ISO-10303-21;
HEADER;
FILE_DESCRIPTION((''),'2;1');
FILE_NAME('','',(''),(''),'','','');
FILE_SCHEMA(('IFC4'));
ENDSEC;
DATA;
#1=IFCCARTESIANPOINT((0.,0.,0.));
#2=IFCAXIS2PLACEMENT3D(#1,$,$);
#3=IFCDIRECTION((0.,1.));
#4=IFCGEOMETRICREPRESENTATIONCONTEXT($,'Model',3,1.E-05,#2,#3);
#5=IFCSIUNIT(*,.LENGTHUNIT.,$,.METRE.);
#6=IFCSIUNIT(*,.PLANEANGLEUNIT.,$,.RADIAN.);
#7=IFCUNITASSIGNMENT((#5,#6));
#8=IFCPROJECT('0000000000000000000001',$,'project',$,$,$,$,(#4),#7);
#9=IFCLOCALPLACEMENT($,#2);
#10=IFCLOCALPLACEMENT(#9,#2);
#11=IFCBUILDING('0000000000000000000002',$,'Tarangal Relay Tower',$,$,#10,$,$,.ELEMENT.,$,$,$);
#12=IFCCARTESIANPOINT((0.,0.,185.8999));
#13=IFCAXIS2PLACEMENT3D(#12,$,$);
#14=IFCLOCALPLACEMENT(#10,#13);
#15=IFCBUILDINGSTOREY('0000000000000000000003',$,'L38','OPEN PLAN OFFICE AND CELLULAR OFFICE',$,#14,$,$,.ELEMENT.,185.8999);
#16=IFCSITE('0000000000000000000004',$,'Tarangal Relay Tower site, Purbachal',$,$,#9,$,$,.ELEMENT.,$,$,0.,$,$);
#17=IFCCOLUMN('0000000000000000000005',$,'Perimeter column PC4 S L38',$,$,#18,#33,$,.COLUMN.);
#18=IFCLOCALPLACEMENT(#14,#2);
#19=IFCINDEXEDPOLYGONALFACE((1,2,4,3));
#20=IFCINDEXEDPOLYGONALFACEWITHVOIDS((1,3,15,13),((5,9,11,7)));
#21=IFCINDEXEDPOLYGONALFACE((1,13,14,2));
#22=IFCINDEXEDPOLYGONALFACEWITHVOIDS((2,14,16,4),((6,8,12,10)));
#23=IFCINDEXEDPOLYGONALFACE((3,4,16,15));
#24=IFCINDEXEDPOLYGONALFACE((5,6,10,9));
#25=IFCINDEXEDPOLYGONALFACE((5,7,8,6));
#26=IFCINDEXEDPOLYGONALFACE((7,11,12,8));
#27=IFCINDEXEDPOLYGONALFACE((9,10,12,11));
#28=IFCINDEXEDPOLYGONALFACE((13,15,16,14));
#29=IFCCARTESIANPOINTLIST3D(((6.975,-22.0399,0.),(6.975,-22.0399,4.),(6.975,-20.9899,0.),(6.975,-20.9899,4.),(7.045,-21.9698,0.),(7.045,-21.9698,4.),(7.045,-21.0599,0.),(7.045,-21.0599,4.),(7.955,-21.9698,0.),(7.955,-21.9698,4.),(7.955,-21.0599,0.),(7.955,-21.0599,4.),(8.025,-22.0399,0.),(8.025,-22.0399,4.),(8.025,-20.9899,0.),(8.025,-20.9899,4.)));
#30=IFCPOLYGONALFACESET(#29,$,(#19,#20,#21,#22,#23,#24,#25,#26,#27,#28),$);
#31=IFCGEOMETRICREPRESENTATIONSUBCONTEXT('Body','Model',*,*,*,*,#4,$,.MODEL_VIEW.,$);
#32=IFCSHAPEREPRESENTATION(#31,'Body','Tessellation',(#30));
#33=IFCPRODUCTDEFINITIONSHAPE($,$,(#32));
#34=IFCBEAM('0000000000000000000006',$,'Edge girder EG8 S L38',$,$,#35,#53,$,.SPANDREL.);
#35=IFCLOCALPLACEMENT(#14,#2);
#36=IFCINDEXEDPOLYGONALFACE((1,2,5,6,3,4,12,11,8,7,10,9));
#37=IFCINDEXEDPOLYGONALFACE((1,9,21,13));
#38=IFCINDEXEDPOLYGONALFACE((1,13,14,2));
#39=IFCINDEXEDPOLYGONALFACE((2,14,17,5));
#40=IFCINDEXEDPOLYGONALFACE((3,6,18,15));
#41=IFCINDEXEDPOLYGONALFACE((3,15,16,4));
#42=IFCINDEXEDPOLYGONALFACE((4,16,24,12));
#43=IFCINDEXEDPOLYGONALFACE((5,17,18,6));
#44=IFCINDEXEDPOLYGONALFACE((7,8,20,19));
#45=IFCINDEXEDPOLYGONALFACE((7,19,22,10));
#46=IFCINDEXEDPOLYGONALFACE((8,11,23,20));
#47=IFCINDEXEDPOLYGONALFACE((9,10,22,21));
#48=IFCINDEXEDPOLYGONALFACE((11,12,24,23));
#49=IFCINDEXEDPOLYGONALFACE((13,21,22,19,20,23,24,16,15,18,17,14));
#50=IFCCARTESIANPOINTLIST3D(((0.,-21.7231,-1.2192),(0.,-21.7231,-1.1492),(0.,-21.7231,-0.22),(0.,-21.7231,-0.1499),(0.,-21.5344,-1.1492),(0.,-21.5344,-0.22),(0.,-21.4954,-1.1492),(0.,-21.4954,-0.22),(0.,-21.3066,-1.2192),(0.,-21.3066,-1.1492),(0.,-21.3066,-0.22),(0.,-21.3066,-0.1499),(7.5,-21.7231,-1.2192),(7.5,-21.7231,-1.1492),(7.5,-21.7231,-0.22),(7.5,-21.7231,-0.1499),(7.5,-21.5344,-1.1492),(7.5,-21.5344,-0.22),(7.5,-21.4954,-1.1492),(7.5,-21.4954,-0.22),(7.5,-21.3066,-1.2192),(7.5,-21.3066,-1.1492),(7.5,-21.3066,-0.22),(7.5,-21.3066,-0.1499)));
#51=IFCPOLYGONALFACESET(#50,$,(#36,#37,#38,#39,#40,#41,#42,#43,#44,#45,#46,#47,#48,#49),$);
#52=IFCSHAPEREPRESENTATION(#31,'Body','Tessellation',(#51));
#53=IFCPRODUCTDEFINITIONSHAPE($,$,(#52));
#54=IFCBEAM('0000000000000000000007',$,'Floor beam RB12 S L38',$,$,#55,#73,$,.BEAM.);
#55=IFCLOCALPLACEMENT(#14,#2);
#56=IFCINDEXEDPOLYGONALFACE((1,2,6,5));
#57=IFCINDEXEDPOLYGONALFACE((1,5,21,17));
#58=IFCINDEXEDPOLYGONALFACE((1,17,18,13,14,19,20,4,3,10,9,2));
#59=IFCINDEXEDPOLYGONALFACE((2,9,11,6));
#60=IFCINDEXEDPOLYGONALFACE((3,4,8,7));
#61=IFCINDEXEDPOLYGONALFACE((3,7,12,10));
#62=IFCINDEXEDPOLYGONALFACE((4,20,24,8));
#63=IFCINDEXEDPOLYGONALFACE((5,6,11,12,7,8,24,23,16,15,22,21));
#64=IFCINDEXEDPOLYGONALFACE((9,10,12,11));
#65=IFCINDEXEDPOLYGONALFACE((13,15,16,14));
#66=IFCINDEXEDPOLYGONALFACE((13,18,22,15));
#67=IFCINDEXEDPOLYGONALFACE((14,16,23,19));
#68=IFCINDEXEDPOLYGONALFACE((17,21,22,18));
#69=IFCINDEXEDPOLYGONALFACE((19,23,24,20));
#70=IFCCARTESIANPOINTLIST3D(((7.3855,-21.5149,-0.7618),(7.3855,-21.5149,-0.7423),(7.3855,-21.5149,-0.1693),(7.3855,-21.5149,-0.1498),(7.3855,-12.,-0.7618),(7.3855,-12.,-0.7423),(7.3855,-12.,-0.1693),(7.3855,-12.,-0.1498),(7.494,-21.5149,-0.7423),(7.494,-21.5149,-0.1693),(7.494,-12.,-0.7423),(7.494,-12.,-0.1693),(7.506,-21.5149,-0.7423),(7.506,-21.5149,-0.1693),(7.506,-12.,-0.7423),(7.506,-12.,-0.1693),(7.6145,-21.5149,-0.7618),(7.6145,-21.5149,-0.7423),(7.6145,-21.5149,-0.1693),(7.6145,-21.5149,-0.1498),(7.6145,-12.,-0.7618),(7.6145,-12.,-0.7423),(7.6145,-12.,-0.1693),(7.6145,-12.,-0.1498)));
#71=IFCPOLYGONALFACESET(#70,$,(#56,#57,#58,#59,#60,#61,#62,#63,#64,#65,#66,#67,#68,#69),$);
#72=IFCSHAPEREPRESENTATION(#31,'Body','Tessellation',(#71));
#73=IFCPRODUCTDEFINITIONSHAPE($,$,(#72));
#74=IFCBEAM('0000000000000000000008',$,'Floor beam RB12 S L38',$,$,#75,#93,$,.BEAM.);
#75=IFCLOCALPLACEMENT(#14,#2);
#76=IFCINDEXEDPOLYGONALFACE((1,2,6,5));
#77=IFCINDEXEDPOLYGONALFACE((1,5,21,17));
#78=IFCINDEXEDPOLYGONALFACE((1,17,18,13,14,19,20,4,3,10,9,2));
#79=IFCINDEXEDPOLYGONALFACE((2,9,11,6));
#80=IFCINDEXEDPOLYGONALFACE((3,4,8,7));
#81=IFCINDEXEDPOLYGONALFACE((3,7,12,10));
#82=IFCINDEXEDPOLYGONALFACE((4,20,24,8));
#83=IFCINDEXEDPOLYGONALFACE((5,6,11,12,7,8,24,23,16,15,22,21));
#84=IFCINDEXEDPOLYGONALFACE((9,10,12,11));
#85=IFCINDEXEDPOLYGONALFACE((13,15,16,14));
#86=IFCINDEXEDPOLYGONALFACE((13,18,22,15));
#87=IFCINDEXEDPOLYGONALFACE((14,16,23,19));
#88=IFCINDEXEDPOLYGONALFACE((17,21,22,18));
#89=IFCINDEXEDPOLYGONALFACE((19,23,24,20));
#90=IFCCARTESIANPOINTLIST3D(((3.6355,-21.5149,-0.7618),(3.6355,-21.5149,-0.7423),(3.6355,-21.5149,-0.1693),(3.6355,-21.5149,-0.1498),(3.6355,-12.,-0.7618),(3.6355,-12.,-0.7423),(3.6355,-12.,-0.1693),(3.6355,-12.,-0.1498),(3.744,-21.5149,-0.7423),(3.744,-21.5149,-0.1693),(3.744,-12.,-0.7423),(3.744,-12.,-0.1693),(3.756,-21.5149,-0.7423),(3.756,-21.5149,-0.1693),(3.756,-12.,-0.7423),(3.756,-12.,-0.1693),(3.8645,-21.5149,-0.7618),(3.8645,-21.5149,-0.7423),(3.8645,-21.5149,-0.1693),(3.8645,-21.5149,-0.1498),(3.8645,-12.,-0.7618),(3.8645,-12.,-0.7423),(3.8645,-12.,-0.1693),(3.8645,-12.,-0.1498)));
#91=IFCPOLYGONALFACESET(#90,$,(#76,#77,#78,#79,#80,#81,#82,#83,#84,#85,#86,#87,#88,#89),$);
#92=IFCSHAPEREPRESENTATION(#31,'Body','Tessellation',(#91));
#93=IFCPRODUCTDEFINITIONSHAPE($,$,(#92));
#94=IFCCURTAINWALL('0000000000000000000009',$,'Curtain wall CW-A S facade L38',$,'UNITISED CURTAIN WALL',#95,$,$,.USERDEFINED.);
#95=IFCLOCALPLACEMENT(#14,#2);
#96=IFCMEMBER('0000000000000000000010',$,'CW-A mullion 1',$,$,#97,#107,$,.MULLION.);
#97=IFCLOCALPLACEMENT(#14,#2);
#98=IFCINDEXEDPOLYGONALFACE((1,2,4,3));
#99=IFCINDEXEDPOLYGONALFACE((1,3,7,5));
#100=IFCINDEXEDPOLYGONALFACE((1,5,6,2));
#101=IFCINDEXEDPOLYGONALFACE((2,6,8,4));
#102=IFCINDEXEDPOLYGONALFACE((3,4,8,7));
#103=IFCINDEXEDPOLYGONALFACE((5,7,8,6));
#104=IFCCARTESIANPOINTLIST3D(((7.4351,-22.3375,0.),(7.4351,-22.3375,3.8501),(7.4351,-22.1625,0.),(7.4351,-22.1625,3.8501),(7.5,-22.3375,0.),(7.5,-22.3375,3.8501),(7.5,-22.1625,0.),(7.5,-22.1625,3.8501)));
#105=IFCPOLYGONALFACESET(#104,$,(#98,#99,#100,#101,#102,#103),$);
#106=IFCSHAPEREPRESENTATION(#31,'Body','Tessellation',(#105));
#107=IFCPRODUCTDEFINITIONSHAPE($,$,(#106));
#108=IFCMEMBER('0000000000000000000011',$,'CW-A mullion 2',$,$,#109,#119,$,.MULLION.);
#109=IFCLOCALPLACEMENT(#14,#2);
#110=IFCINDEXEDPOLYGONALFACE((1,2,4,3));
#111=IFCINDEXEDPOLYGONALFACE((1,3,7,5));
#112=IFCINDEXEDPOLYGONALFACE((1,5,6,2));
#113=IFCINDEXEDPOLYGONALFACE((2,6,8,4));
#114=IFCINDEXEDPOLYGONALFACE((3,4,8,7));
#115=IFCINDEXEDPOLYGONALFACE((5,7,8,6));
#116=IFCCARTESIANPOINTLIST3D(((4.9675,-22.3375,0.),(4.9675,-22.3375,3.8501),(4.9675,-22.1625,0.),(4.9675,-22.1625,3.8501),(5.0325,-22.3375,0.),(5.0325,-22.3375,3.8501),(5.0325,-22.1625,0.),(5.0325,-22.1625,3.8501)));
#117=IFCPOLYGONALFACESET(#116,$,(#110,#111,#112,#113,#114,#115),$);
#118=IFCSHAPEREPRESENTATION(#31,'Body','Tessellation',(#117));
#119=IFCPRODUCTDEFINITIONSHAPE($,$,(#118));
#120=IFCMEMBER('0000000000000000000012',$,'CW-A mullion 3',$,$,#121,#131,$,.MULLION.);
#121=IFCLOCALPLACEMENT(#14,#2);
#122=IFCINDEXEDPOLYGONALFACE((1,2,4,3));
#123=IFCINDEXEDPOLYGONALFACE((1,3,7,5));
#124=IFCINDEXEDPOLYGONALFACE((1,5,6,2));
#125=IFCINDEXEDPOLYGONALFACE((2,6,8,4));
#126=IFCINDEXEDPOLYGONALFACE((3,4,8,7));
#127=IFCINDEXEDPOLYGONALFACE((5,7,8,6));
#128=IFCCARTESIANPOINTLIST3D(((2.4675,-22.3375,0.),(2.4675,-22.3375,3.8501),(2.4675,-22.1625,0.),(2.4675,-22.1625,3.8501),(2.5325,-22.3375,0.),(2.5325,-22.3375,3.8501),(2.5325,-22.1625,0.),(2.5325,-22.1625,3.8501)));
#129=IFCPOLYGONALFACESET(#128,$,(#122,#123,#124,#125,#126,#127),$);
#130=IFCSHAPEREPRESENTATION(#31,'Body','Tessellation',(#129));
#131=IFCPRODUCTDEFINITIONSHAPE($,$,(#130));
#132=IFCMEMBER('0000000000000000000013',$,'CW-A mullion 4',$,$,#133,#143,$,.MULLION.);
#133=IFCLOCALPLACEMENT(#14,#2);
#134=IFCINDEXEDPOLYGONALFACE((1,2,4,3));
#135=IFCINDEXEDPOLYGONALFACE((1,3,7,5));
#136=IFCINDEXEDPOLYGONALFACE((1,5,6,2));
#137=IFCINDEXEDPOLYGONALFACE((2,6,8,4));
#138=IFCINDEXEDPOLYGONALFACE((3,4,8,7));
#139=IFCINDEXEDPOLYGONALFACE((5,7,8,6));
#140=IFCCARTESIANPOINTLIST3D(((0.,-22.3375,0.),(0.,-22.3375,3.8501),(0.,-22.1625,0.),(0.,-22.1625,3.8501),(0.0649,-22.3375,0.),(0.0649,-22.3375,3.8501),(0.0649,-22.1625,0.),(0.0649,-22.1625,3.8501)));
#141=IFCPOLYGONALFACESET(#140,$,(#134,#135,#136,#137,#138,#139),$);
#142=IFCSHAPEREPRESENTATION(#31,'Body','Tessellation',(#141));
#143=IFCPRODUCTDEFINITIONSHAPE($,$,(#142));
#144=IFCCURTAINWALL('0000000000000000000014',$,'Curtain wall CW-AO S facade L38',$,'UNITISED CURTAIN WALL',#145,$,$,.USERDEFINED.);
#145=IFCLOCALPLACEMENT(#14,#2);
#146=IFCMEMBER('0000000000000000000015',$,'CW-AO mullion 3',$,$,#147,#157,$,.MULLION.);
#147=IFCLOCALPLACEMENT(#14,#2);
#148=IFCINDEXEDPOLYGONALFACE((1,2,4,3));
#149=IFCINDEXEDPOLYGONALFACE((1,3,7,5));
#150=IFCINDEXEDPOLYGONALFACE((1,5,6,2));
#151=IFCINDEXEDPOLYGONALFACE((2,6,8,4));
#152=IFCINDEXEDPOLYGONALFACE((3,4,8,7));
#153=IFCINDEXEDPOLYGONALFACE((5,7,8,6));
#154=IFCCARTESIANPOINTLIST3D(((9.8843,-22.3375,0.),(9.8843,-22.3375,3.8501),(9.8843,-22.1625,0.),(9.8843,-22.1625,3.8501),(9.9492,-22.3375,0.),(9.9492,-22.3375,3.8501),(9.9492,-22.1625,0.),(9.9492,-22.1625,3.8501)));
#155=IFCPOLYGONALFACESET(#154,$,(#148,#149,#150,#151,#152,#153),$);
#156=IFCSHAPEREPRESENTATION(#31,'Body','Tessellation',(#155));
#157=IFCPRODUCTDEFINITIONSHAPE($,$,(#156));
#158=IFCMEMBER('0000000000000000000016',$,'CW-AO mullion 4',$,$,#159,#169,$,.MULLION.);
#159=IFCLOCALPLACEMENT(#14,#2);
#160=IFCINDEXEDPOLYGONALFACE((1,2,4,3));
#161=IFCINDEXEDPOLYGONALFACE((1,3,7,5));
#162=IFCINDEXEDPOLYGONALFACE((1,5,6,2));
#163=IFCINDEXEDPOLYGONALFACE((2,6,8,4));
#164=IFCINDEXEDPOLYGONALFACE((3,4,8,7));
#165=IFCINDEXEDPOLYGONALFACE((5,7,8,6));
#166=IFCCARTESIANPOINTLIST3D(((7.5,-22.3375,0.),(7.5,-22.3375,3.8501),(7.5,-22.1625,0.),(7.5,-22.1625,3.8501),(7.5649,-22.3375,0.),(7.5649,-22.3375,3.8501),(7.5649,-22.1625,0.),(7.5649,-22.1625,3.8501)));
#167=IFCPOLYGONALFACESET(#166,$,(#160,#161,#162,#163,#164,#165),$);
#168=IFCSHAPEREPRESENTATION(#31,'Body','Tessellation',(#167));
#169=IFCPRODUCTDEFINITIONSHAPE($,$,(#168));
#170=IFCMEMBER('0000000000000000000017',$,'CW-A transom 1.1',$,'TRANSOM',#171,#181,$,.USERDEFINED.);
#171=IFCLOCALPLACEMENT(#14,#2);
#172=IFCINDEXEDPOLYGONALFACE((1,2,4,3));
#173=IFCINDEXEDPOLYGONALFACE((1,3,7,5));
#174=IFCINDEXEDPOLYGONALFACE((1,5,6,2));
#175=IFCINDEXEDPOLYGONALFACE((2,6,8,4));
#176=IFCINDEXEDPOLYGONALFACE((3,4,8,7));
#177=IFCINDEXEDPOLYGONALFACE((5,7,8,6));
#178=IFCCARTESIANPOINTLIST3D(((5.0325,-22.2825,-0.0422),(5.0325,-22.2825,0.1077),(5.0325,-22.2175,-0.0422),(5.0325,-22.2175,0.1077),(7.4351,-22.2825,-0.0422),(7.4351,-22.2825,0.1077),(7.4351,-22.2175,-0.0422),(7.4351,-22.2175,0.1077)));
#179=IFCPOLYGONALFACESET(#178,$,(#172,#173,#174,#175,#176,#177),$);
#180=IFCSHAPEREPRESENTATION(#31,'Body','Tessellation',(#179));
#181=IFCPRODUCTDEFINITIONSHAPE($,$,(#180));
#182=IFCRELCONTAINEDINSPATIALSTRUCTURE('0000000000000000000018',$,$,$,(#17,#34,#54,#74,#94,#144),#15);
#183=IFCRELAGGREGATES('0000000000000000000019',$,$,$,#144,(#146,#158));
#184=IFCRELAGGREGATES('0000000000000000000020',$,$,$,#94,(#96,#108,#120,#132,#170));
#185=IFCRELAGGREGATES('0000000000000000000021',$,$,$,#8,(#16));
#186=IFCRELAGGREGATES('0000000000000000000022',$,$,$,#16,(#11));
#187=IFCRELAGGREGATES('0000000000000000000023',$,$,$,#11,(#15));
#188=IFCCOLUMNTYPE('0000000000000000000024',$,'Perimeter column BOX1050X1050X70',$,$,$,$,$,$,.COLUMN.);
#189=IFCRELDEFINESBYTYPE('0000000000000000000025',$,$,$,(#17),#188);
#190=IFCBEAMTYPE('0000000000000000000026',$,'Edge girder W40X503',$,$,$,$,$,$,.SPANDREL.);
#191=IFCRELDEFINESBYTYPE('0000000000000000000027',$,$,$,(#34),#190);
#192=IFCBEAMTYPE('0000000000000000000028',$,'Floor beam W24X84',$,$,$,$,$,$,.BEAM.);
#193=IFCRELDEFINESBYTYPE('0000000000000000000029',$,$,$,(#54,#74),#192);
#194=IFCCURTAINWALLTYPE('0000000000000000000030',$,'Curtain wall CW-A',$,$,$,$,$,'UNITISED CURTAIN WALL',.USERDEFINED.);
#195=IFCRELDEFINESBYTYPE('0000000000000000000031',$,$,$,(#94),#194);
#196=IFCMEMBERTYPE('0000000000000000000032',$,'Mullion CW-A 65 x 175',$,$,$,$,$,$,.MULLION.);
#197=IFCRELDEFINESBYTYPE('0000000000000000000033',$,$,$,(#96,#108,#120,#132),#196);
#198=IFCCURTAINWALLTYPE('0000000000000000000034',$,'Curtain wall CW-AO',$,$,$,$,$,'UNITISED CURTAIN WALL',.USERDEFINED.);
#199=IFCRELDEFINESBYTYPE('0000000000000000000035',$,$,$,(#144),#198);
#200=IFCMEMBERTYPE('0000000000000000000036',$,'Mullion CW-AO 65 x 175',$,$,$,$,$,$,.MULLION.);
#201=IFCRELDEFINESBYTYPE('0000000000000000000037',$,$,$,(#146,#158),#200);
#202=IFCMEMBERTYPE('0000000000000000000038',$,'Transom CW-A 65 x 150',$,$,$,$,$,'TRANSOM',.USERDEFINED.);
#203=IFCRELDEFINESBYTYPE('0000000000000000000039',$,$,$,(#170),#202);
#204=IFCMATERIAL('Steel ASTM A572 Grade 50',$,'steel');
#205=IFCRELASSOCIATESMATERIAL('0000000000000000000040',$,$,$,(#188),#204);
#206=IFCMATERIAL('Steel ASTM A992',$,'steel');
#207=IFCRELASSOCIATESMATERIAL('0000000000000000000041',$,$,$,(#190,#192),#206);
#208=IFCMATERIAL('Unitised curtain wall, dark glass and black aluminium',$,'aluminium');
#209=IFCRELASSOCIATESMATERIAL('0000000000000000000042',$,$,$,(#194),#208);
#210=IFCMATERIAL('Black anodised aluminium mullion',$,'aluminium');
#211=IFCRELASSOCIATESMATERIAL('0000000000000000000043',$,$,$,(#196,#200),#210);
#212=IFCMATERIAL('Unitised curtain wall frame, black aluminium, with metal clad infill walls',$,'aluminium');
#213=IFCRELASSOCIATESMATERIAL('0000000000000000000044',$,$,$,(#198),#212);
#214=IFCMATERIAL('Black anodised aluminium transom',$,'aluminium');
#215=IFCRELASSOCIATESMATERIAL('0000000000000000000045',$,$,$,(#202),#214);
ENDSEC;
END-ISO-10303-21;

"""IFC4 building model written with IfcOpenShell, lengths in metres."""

from ifc_helpers import new_model, si_unit, direction, frame, origin, origin_2d, place, context, subcontext, project, spatial, rectangle, hollow_rectangle, i_section, extrude, material, material_profile, profile_set, type_object, element, aggregate, save


model = new_model("IFC4")

# Units and contexts
model_context = context("Model", 3, precision=1e-05, world=origin(), true_north=direction((0.0, 1.0)))
body_context = subcontext(model_context, "Body", "Model", "MODEL_VIEW")
ifc_project = project(units=[si_unit("LENGTHUNIT", "METRE"), si_unit("PLANEANGLEUNIT", "RADIAN")], contexts=[model_context])

# Site, building, storey
site_placement = place(None, origin())
site = spatial("IfcSite", under=ifc_project, at=site_placement, Name="Tarangal Relay Tower site, Purbachal", CompositionType="ELEMENT", RefElevation=0.0)
building_placement = place(site_placement, origin())
building = spatial("IfcBuilding", under=site, at=building_placement, Name="Tarangal Relay Tower", CompositionType="ELEMENT")
storey_placement = place(building_placement, frame((0.0, 0.0, 185.8999)))
storey = spatial("IfcBuildingStorey", under=building, at=storey_placement, Name="L38", Description="OPEN PLAN OFFICE AND CELLULAR OFFICE", CompositionType="ELEMENT", Elevation=185.8999)

# Column
ifc_material_1 = material(Name="Steel ASTM A572 Grade 50", Category="steel")
ifc_material_profile_1 = material_profile(ifc_material_1, hollow_rectangle(XDim=1.05, YDim=1.05, WallThickness=0.0701, at=origin_2d()), Name="BOX1050X1050X70")
ifc_profile_set_1 = profile_set([ifc_material_profile_1], Name="Steel ASTM A572 Grade 50")
column_type = type_object("IfcColumnType", Name="Perimeter column BOX1050X1050X70", PredefinedType="COLUMN", material=ifc_profile_set_1)
column_placement = place(storey_placement, frame((7.5, -21.5149, 0.0), z_axis=(0.0, 0.0, 1.0), x_axis=(1.0, 0.0, 0.0)))
element("IfcColumn", 1, at=column_placement, inside=storey, type_object=column_type, Name="Perimeter column PC4 S L38", PredefinedType="COLUMN", context=body_context, shape_type="SweptSolid", body=[
    extrude(hollow_rectangle(XDim=1.05, YDim=1.05, WallThickness=0.0701, at=origin_2d()), origin(), (0.0, 0.0, 1.0), 4.0),
])

# Beams
ifc_material_2 = material(Name="Steel ASTM A992", Category="steel")
ifc_material_profile_2 = material_profile(ifc_material_2, i_section(OverallWidth=0.4165, OverallDepth=1.0693, WebThickness=0.0391, FlangeThickness=0.0701, at=origin_2d()), Name="W40X503")
ifc_profile_set_2 = profile_set([ifc_material_profile_2], Name="Steel ASTM A992")
beam_type_1 = type_object("IfcBeamType", Name="Edge girder W40X503", PredefinedType="SPANDREL", material=ifc_profile_set_2)
beam_placement = place(storey_placement, frame((7.5, -21.5149, -0.6846), z_axis=(-1.0, 0.0, 0.0), x_axis=(0.0, -1.0, 0.0)))
element("IfcBeam", 2, at=beam_placement, inside=storey, type_object=beam_type_1, Name="Edge girder EG8 S L38", PredefinedType="SPANDREL", context=body_context, shape_type="SweptSolid", body=[
    extrude(i_section(OverallWidth=0.4165, OverallDepth=1.0693, WebThickness=0.0391, FlangeThickness=0.0701, at=origin_2d()), origin(), (0.0, 0.0, 1.0), 7.5),
])
ifc_material_profile_3 = material_profile(ifc_material_2, i_section(OverallWidth=0.229, OverallDepth=0.6121, WebThickness=0.012, FlangeThickness=0.0195, at=origin_2d()), Name="W24X84")
ifc_profile_set_3 = profile_set([ifc_material_profile_3], Name="Steel ASTM A992")
beam_type_2 = type_object("IfcBeamType", Name="Floor beam W24X84", PredefinedType="BEAM", material=ifc_profile_set_3)
for number, where, z_axis, x_axis, name in (
    (3, (7.5, -12.0, -0.4558), (0.0, -1.0, 0.0), (1.0, 0.0, 0.0), "Floor beam RB12 S L38"),
    (4, (3.75, -12.0, -0.4558), (0.0, -1.0, 0.0), (1.0, 0.0, 0.0), "Floor beam RB12 S L38"),
):
    element("IfcBeam", number, at=place(storey_placement, frame(where, z_axis=z_axis, x_axis=x_axis)), inside=storey, type_object=beam_type_2, Name=name, PredefinedType="BEAM", context=body_context, shape_type="SweptSolid", body=[
        extrude(i_section(OverallWidth=0.229, OverallDepth=0.6121, WebThickness=0.012, FlangeThickness=0.0195, at=origin_2d()), origin(), (0.0, 0.0, 1.0), 9.5149),
    ])

# Curtain walls, members
ifc_material_3 = material(Name="Unitised curtain wall, dark glass and black aluminium", Category="aluminium")
curtain_wall_type_1 = type_object("IfcCurtainWallType", Name="Curtain wall CW-A", ElementType="UNITISED CURTAIN WALL", PredefinedType="USERDEFINED", material=ifc_material_3)
curtain_wall_1_placement = place(storey_placement, origin())
curtain_wall_1 = element("IfcCurtainWall", 5, at=curtain_wall_1_placement, inside=storey, type_object=curtain_wall_type_1, Name="Curtain wall CW-A S facade L38", ObjectType="UNITISED CURTAIN WALL", PredefinedType="USERDEFINED")
ifc_material_4 = material(Name="Black anodised aluminium mullion", Category="aluminium")
ifc_material_profile_4 = material_profile(ifc_material_4, rectangle(XDim=0.175, YDim=0.0649, at=origin_2d()), Name="CW-AM 65X175")
ifc_profile_set_4 = profile_set([ifc_material_profile_4], Name="Black anodised aluminium mullion")
member_type_1 = type_object("IfcMemberType", Name="Mullion CW-A 65 x 175", PredefinedType="MULLION", material=ifc_profile_set_4)
member_1_placement = place(storey_placement, frame((7.4675, -22.25, 0.0), z_axis=(0.0, 0.0, 1.0), x_axis=(0.0, -1.0, 0.0)))
member_1 = element("IfcMember", 6, at=member_1_placement, type_object=member_type_1, Name="CW-A mullion 1", PredefinedType="MULLION", context=body_context, shape_type="SweptSolid", body=[
    extrude(rectangle(XDim=0.175, YDim=0.0649, at=origin_2d()), origin(), (0.0, 0.0, 1.0), 3.8501),
])
member_2_placement = place(storey_placement, frame((5.0, -22.25, 0.0), z_axis=(0.0, 0.0, 1.0), x_axis=(0.0, -1.0, 0.0)))
member_2 = element("IfcMember", 7, at=member_2_placement, type_object=member_type_1, Name="CW-A mullion 2", PredefinedType="MULLION", context=body_context, shape_type="SweptSolid", body=[
    extrude(rectangle(XDim=0.175, YDim=0.0649, at=origin_2d()), origin(), (0.0, 0.0, 1.0), 3.8501),
])
member_3_placement = place(storey_placement, frame((2.5, -22.25, 0.0), z_axis=(0.0, 0.0, 1.0), x_axis=(0.0, -1.0, 0.0)))
member_3 = element("IfcMember", 8, at=member_3_placement, type_object=member_type_1, Name="CW-A mullion 3", PredefinedType="MULLION", context=body_context, shape_type="SweptSolid", body=[
    extrude(rectangle(XDim=0.175, YDim=0.0649, at=origin_2d()), origin(), (0.0, 0.0, 1.0), 3.8501),
])
member_4_placement = place(storey_placement, frame((0.0325, -22.25, 0.0), z_axis=(0.0, 0.0, 1.0), x_axis=(0.0, -1.0, 0.0)))
member_4 = element("IfcMember", 9, at=member_4_placement, type_object=member_type_1, Name="CW-A mullion 4", PredefinedType="MULLION", context=body_context, shape_type="SweptSolid", body=[
    extrude(rectangle(XDim=0.175, YDim=0.0649, at=origin_2d()), origin(), (0.0, 0.0, 1.0), 3.8501),
])
ifc_material_5 = material(Name="Unitised curtain wall frame, black aluminium, with metal clad infill walls", Category="aluminium")
curtain_wall_type_2 = type_object("IfcCurtainWallType", Name="Curtain wall CW-AO", ElementType="UNITISED CURTAIN WALL", PredefinedType="USERDEFINED", material=ifc_material_5)
curtain_wall_2_placement = place(storey_placement, origin())
curtain_wall_2 = element("IfcCurtainWall", 10, at=curtain_wall_2_placement, inside=storey, type_object=curtain_wall_type_2, Name="Curtain wall CW-AO S facade L38", ObjectType="UNITISED CURTAIN WALL", PredefinedType="USERDEFINED")
ifc_material_profile_5 = material_profile(ifc_material_4, rectangle(XDim=0.175, YDim=0.0649, at=origin_2d()), Name="CW-AOM 65X175")
ifc_profile_set_5 = profile_set([ifc_material_profile_5], Name="Black anodised aluminium mullion")
member_type_2 = type_object("IfcMemberType", Name="Mullion CW-AO 65 x 175", PredefinedType="MULLION", material=ifc_profile_set_5)
member_5_placement = place(storey_placement, frame((9.9167, -22.25, 0.0), z_axis=(0.0, 0.0, 1.0), x_axis=(0.0, -1.0, 0.0)))
member_5 = element("IfcMember", 11, at=member_5_placement, type_object=member_type_2, Name="CW-AO mullion 3", PredefinedType="MULLION", context=body_context, shape_type="SweptSolid", body=[
    extrude(rectangle(XDim=0.175, YDim=0.0649, at=origin_2d()), origin(), (0.0, 0.0, 1.0), 3.8501),
])
member_6_placement = place(storey_placement, frame((7.5325, -22.25, 0.0), z_axis=(0.0, 0.0, 1.0), x_axis=(0.0, -1.0, 0.0)))
member_6 = element("IfcMember", 12, at=member_6_placement, type_object=member_type_2, Name="CW-AO mullion 4", PredefinedType="MULLION", context=body_context, shape_type="SweptSolid", body=[
    extrude(rectangle(XDim=0.175, YDim=0.0649, at=origin_2d()), origin(), (0.0, 0.0, 1.0), 3.8501),
])

# Member
ifc_material_6 = material(Name="Black anodised aluminium transom", Category="aluminium")
ifc_material_profile_6 = material_profile(ifc_material_6, rectangle(XDim=0.0649, YDim=0.1499, at=origin_2d()), Name="CW-AT 65X150")
ifc_profile_set_6 = profile_set([ifc_material_profile_6], Name="Black anodised aluminium transom")
member_type_3 = type_object("IfcMemberType", Name="Transom CW-A 65 x 150", ElementType="TRANSOM", PredefinedType="USERDEFINED", material=ifc_profile_set_6)
member_7_placement = place(storey_placement, frame((7.4351, -22.25, 0.0327), z_axis=(-1.0, 0.0, 0.0), x_axis=(0.0, -1.0, 0.0)))
member_7 = element("IfcMember", 13, at=member_7_placement, type_object=member_type_3, Name="CW-A transom 1.1", ObjectType="TRANSOM", PredefinedType="USERDEFINED", context=body_context, shape_type="SweptSolid", body=[
    extrude(rectangle(XDim=0.0649, YDim=0.1499, at=origin_2d()), origin(), (0.0, 0.0, 1.0), 2.4026),
])
aggregate(curtain_wall_2, [member_5, member_6])

aggregate(curtain_wall_1, [member_1, member_2, member_3, member_4, member_7])

save(model, "model.ifc")
